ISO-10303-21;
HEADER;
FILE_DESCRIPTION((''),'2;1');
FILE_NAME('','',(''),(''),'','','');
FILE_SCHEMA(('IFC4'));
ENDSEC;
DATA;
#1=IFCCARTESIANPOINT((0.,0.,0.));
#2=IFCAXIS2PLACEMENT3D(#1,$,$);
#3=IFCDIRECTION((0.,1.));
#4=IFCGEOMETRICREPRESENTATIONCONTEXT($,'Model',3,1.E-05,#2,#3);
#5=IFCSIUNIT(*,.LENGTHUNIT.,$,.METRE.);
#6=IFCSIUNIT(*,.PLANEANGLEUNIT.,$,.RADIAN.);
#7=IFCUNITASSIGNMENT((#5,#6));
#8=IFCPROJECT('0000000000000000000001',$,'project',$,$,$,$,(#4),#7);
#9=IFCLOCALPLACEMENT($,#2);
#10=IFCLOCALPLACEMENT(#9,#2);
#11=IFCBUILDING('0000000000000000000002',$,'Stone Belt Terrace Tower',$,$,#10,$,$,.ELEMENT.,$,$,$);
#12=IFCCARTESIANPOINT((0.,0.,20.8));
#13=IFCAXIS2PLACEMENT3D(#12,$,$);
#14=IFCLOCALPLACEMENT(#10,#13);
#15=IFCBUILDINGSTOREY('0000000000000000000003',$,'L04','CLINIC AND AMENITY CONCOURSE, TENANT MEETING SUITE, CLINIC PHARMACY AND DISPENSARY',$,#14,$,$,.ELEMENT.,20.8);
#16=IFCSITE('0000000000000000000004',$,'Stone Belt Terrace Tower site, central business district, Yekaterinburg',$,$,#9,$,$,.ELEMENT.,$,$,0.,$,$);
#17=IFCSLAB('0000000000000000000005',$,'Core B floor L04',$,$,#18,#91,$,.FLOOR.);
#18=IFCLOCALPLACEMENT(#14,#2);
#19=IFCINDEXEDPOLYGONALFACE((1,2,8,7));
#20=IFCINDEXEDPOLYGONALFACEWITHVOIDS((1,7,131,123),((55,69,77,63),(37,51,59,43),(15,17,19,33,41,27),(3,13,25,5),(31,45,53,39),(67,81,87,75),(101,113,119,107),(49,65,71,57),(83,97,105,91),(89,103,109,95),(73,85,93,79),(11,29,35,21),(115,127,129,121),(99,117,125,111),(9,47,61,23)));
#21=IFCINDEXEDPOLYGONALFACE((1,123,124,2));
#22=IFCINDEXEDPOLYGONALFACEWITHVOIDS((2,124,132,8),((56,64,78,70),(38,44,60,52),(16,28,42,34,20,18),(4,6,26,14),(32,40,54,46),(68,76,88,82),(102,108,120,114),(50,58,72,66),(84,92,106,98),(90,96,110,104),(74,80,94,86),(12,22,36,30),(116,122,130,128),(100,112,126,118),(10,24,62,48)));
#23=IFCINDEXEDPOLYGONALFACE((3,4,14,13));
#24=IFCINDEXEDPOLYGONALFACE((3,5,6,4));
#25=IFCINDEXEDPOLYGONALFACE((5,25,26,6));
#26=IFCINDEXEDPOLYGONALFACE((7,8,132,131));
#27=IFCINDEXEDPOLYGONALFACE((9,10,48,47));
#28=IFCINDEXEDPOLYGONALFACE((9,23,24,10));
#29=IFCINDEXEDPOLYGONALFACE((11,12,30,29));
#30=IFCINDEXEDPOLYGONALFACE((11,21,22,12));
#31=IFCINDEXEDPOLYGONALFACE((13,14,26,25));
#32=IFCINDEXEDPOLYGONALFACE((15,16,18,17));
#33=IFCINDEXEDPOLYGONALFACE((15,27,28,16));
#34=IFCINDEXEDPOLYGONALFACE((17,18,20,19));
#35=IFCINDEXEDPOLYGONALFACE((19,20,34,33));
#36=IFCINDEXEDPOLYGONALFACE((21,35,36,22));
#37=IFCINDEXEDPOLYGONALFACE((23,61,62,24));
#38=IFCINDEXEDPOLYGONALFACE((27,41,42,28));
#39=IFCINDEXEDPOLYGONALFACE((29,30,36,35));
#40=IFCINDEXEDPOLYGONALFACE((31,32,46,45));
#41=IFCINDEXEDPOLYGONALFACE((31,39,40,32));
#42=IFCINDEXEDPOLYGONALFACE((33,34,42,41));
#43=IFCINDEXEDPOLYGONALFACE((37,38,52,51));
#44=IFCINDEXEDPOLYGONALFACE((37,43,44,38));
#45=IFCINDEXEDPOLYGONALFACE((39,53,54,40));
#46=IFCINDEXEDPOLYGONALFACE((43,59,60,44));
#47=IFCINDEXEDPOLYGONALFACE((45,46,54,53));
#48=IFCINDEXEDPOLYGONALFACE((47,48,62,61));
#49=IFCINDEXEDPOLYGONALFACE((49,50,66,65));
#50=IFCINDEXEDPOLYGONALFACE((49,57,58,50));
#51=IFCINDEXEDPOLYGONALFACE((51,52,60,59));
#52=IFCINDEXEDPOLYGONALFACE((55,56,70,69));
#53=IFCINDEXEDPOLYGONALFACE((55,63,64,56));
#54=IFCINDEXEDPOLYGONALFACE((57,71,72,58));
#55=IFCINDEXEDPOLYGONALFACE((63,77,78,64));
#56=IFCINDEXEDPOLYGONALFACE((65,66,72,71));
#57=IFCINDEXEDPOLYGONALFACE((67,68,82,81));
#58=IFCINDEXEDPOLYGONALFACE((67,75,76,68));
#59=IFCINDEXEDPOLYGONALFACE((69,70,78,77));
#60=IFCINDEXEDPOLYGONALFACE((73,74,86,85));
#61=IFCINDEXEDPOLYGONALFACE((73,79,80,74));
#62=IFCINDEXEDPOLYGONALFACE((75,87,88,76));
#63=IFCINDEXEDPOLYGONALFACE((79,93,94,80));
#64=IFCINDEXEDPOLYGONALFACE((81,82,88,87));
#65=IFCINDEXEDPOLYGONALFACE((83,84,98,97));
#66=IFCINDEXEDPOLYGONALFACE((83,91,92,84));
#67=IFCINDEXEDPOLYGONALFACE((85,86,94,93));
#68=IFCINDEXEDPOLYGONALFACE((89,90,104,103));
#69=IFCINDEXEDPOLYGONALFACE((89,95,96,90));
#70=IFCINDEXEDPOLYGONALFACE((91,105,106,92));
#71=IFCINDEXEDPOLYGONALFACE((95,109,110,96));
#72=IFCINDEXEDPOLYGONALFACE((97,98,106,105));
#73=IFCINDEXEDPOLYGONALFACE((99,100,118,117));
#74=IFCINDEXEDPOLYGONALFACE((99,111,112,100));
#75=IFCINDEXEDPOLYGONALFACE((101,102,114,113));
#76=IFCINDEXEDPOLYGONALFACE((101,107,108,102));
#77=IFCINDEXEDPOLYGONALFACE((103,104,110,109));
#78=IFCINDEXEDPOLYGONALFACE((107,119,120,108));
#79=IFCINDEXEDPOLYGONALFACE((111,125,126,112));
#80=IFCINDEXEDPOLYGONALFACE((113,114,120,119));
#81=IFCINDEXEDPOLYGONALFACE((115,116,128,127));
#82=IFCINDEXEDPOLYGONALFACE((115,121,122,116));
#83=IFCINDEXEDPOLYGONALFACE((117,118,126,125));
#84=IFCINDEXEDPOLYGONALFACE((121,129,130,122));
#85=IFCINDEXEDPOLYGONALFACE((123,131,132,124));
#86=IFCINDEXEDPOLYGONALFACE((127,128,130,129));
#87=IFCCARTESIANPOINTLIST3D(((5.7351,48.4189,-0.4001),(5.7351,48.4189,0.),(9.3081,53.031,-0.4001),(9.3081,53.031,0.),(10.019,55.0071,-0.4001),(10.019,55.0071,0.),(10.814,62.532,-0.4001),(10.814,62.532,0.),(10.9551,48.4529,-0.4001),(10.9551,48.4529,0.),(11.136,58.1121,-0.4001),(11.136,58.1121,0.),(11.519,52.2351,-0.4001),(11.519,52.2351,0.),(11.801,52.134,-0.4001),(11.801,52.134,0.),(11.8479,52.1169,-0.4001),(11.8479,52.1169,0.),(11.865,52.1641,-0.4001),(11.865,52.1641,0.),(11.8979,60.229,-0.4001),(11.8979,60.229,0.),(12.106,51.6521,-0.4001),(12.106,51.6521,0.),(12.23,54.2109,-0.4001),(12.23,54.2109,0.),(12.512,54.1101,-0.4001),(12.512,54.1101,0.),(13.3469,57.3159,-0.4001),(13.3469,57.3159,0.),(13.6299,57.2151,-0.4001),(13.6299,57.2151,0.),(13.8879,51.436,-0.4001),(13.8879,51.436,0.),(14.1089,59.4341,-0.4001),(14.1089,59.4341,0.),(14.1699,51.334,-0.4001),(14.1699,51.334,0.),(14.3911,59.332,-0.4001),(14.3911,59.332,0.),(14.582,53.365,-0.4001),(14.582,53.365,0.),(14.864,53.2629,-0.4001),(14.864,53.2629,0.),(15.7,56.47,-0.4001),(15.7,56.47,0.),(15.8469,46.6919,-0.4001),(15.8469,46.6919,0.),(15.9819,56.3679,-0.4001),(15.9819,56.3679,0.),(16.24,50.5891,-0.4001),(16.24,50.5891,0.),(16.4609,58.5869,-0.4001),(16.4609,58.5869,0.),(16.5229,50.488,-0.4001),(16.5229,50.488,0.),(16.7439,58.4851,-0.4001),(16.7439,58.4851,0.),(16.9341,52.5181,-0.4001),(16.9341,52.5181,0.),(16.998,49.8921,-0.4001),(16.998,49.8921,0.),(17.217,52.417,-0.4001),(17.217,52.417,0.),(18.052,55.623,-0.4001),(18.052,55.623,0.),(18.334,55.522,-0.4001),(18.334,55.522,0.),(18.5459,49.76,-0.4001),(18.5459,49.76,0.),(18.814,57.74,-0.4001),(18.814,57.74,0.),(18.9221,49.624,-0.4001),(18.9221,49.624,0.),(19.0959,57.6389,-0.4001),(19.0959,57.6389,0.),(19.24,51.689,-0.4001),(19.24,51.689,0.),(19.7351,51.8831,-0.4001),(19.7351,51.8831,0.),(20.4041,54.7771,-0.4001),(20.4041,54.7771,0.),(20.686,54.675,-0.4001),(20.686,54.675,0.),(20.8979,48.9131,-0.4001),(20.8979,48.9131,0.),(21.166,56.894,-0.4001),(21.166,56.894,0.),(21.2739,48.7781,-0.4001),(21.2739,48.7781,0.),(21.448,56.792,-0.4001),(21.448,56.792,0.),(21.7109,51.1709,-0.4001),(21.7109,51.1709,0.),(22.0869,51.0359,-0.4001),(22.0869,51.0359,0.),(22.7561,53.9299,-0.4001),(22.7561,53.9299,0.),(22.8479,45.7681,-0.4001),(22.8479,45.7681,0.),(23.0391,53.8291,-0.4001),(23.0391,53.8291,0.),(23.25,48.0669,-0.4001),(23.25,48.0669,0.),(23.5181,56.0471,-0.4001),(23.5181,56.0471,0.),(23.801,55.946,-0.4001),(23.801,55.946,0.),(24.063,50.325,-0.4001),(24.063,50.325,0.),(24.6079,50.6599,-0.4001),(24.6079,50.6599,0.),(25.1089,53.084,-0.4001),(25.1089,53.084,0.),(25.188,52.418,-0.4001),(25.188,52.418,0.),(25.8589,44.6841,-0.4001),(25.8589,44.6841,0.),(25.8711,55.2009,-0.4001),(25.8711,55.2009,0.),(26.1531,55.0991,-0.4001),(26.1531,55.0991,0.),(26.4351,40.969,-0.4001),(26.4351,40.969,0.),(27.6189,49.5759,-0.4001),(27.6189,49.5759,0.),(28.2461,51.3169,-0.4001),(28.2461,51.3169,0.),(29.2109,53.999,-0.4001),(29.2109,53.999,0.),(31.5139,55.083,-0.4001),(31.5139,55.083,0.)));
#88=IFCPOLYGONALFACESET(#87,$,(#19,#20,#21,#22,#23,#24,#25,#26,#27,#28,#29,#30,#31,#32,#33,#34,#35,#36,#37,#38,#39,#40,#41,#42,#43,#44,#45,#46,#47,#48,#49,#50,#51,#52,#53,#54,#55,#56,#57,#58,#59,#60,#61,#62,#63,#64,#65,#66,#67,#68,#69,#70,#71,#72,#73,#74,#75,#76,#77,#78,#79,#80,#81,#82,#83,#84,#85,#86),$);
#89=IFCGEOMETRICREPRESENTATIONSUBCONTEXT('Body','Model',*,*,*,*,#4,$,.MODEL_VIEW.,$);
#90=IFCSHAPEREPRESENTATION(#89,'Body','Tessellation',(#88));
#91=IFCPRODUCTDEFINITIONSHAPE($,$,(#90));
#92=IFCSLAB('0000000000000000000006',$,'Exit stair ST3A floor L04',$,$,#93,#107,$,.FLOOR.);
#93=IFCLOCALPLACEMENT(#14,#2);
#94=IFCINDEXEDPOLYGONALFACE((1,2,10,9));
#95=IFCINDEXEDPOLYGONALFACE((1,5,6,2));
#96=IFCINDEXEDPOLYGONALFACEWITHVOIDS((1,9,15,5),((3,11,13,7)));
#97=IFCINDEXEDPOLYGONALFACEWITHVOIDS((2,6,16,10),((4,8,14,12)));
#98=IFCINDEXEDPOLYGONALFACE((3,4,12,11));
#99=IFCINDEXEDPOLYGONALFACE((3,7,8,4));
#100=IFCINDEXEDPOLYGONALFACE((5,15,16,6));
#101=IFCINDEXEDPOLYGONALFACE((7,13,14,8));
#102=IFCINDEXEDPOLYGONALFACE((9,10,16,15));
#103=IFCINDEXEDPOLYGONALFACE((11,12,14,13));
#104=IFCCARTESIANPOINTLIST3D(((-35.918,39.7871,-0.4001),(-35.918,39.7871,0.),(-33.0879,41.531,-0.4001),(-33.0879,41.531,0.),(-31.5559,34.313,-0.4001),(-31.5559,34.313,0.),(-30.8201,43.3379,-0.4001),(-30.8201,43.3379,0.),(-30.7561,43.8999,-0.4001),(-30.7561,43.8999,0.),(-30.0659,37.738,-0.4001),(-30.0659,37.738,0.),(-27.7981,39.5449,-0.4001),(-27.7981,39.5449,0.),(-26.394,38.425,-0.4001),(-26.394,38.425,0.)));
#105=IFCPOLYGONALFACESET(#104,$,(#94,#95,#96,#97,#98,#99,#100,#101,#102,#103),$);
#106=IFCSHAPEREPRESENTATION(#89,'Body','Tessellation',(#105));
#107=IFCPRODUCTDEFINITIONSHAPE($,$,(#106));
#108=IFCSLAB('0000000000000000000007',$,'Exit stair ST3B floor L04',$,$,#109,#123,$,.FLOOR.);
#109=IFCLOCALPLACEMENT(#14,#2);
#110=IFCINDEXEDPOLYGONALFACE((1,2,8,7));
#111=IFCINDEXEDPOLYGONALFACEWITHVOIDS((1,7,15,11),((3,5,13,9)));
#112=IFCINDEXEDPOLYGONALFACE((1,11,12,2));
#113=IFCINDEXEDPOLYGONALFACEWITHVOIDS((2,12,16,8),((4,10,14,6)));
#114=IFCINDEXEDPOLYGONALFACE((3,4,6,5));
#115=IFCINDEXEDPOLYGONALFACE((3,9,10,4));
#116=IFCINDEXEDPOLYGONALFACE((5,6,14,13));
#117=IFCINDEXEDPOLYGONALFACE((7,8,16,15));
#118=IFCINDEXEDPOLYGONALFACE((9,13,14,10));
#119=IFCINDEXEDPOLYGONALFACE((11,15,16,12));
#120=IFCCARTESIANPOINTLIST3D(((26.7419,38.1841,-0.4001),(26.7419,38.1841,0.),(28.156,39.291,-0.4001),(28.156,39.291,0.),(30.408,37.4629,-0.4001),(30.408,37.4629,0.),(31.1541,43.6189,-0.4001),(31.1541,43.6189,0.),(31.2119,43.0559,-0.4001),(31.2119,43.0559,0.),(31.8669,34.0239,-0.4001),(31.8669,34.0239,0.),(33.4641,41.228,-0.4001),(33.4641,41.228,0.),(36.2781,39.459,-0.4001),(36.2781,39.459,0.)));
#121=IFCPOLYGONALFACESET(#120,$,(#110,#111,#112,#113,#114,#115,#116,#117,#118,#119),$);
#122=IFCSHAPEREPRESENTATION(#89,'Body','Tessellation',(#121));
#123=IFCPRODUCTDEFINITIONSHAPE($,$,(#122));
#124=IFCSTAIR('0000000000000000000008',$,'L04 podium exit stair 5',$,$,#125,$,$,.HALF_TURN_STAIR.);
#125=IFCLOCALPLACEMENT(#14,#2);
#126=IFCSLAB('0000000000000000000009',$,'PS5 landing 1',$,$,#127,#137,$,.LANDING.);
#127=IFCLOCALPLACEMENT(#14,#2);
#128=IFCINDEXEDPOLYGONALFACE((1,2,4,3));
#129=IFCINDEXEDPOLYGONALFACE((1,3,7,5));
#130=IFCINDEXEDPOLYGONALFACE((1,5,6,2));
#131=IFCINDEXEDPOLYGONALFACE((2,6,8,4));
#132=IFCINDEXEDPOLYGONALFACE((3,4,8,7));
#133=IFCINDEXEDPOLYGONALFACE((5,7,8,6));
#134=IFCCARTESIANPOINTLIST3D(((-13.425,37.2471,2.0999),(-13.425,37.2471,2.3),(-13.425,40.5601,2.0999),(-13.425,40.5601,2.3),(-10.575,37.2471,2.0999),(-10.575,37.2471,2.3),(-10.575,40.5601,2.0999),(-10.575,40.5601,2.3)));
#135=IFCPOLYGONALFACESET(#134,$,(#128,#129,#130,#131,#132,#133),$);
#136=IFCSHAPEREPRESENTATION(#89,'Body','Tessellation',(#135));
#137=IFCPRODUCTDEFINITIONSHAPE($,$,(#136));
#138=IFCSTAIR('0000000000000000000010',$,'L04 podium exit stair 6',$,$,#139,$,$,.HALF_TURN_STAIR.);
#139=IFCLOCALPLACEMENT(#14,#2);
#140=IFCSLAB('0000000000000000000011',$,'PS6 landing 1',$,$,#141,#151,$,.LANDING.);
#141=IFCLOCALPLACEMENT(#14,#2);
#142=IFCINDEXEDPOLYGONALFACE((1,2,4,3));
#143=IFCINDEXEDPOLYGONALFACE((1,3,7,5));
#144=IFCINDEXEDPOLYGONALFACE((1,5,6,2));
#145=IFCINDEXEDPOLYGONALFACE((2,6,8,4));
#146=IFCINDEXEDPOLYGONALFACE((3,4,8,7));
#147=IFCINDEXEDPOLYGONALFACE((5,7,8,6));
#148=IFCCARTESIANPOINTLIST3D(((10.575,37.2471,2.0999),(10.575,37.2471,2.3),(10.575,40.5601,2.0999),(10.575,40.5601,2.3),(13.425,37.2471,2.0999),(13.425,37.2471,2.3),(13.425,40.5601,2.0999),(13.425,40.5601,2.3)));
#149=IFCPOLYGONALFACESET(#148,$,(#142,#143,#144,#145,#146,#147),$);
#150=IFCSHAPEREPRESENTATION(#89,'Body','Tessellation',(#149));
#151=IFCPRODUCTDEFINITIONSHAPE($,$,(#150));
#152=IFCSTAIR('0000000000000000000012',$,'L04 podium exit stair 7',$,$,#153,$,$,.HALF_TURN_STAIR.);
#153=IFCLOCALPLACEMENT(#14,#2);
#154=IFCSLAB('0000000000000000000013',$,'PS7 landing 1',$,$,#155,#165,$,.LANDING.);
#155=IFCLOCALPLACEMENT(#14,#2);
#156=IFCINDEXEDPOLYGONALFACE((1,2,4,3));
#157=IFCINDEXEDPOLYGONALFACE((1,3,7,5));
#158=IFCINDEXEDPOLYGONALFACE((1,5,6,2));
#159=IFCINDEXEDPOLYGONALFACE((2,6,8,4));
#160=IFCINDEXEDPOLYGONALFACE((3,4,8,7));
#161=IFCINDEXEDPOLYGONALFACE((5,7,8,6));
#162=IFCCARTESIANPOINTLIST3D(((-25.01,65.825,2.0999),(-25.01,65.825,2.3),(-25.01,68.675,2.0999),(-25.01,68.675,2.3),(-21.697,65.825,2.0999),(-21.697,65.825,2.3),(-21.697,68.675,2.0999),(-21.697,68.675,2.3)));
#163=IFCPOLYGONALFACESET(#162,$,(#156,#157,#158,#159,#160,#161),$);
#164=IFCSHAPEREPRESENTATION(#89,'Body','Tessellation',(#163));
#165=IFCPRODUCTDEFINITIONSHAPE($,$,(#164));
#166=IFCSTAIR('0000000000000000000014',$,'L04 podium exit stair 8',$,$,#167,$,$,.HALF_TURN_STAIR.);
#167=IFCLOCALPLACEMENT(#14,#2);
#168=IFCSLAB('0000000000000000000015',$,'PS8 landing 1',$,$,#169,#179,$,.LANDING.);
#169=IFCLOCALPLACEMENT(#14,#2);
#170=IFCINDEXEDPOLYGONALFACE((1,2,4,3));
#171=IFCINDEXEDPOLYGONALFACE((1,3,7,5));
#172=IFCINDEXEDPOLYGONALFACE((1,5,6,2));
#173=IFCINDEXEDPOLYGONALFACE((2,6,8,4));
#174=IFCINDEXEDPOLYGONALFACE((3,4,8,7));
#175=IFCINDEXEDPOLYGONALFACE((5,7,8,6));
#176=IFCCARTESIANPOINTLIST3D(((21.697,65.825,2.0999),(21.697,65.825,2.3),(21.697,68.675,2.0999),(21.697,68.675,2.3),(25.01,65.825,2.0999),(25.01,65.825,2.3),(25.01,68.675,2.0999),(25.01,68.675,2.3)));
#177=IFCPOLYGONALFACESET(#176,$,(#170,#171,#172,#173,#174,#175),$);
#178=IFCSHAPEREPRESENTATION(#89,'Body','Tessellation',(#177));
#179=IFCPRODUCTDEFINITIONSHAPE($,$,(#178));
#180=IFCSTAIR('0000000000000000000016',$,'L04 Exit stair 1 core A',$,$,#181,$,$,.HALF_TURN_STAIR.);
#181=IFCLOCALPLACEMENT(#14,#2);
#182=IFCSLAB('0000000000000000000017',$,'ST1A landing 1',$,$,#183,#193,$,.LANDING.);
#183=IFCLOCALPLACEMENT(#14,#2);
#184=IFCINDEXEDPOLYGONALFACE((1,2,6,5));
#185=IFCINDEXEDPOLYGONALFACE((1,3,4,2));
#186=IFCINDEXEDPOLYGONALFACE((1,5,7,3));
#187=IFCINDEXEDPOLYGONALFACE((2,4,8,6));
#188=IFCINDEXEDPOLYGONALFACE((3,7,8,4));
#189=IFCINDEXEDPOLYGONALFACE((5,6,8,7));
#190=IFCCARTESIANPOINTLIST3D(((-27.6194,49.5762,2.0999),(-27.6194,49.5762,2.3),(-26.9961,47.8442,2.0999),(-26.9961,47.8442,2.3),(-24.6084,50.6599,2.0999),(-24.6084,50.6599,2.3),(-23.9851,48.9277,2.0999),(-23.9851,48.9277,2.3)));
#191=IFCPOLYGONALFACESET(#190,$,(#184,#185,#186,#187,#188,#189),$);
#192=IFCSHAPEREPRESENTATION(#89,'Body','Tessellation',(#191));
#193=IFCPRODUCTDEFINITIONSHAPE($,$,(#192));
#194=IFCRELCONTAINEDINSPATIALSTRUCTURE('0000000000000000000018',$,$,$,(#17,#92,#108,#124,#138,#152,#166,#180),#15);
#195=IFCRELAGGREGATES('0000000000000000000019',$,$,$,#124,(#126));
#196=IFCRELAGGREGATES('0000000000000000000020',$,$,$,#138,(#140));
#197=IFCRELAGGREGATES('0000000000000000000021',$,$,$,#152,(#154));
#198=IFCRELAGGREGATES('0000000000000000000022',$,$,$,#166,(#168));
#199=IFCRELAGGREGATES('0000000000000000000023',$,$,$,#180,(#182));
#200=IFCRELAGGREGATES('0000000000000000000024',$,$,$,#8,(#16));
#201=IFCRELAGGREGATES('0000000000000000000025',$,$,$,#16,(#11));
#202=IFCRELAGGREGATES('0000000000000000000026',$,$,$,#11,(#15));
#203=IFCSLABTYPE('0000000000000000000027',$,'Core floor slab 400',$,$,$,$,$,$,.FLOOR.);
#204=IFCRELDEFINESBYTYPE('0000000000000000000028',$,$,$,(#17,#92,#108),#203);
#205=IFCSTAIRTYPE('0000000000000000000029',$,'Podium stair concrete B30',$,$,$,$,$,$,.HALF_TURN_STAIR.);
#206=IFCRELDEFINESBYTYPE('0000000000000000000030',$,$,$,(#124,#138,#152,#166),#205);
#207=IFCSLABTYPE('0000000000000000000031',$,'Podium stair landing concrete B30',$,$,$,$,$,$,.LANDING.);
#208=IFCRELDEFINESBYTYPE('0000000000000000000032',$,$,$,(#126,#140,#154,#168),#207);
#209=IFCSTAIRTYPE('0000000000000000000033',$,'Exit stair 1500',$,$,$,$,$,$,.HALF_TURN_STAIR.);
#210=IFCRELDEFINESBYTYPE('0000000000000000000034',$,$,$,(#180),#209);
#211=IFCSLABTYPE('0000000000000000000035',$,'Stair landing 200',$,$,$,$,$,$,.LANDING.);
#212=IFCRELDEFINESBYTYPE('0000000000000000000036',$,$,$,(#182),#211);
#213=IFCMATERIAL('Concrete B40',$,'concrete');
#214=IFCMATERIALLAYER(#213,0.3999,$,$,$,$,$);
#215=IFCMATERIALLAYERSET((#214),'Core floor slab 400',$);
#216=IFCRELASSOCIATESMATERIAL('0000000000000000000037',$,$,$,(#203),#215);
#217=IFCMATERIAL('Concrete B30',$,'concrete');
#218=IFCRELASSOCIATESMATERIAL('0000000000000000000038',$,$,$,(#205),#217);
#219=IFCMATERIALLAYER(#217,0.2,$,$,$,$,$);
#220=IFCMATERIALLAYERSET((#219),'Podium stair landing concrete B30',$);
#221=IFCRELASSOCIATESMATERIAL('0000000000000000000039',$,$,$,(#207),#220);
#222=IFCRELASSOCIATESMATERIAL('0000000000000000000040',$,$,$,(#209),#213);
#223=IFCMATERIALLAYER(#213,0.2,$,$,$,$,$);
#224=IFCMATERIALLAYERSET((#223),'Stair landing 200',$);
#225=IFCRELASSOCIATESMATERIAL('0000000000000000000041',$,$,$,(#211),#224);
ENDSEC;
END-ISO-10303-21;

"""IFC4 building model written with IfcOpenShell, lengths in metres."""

from ifc_helpers import new_model, si_unit, direction, frame, origin, place, context, subcontext, project, spatial, polyline, outline, extrude, material, layer, layer_set, type_object, element, aggregate, save


model = new_model("IFC4")

# Units and contexts
model_context = context("Model", 3, precision=1e-05, world=origin(), true_north=direction((0.0, 1.0)))
body_context = subcontext(model_context, "Body", "Model", "MODEL_VIEW")
ifc_project = project(units=[si_unit("LENGTHUNIT", "METRE"), si_unit("PLANEANGLEUNIT", "RADIAN")], contexts=[model_context])

# Site, building, storey
site_placement = place(None, origin())
site = spatial("IfcSite", under=ifc_project, at=site_placement, Name="Stone Belt Terrace Tower site, central business district, Yekaterinburg", CompositionType="ELEMENT", RefElevation=0.0)
building_placement = place(site_placement, origin())
building = spatial("IfcBuilding", under=site, at=building_placement, Name="Stone Belt Terrace Tower", CompositionType="ELEMENT")
storey_placement = place(building_placement, frame((0.0, 0.0, 20.8)))
storey = spatial("IfcBuildingStorey", under=building, at=storey_placement, Name="L04", Description="CLINIC AND AMENITY CONCOURSE, TENANT MEETING SUITE, CLINIC PHARMACY AND DISPENSARY", CompositionType="ELEMENT", Elevation=20.8)

# Slabs
ifc_material_1 = material(Name="Concrete B40", Category="concrete")
ifc_layer_1 = layer(ifc_material_1, 0.3999)
ifc_layer_set_1 = layer_set([ifc_layer_1], Name="Core floor slab 400")
slab_type_1 = type_object("IfcSlabType", Name="Core floor slab 400", PredefinedType="FLOOR", material=ifc_layer_set_1)
slab_1_placement = place(storey_placement, frame((0.0, 0.0, -0.4001)))
element("IfcSlab", 1, at=slab_1_placement, inside=storey, type_object=slab_type_1, Name="Core B floor L04", PredefinedType="FLOOR", context=body_context, shape_type="SweptSolid", body=[
    extrude(outline(polyline([(26.4351, 40.969), (31.5139, 55.083), (10.814, 62.532), (5.7351, 48.4189), (26.4351, 40.969)]), holes=[polyline([(12.106, 51.6521), (16.998, 49.8921), (15.8469, 46.6919), (10.9551, 48.4529), (12.106, 51.6521)]), polyline([(19.24, 51.689), (18.5459, 49.76), (16.5229, 50.488), (17.217, 52.417), (19.24, 51.689)]), polyline([(16.24, 50.5891), (14.1699, 51.334), (14.864, 53.2629), (16.9341, 52.5181), (16.24, 50.5891)]), polyline([(14.582, 53.365), (13.8879, 51.436), (11.865, 52.1641), (11.8479, 52.1169), (11.801, 52.134), (12.512, 54.1101), (14.582, 53.365)]), polyline([(9.3081, 53.031), (10.019, 55.0071), (12.23, 54.2109), (11.519, 52.2351), (9.3081, 53.031)]), polyline([(16.7439, 58.4851), (18.814, 57.74), (18.052, 55.623), (15.9819, 56.3679), (16.7439, 58.4851)]), polyline([(14.3911, 59.332), (16.4609, 58.5869), (15.7, 56.47), (13.6299, 57.2151), (14.3911, 59.332)]), polyline([(11.8979, 60.229), (14.1089, 59.4341), (13.3469, 57.3159), (11.136, 58.1121), (11.8979, 60.229)]), polyline([(25.8589, 44.6841), (22.8479, 45.7681), (24.6079, 50.6599), (27.6189, 49.5759), (25.8589, 44.6841)]), polyline([(21.2739, 48.7781), (22.0869, 51.0359), (24.063, 50.325), (23.25, 48.0669), (21.2739, 48.7781)]), polyline([(18.9221, 49.624), (19.7351, 51.8831), (21.7109, 51.1709), (20.8979, 48.9131), (18.9221, 49.624)]), polyline([(29.2109, 53.999), (28.2461, 51.3169), (25.188, 52.418), (26.1531, 55.0991), (29.2109, 53.999)]), polyline([(23.801, 55.946), (25.8711, 55.2009), (25.1089, 53.084), (23.0391, 53.8291), (23.801, 55.946)]), polyline([(21.448, 56.792), (23.5181, 56.0471), (22.7561, 53.9299), (20.686, 54.675), (21.448, 56.792)]), polyline([(19.0959, 57.6389), (21.166, 56.894), (20.4041, 54.7771), (18.334, 55.522), (19.0959, 57.6389)])]), origin(), (0.0, 0.0, 1.0), 0.4001),
])
slab_2_placement = place(storey_placement, frame((0.0, 0.0, -0.4001)))
element("IfcSlab", 2, at=slab_2_placement, inside=storey, type_object=slab_type_1, Name="Exit stair ST3A floor L04", PredefinedType="FLOOR", context=body_context, shape_type="SweptSolid", body=[
    extrude(outline(polyline([(-26.394, 38.425), (-30.7561, 43.8999), (-35.918, 39.7871), (-31.5559, 34.313), (-26.394, 38.425)]), holes=[polyline([(-27.7981, 39.5449), (-30.0659, 37.738), (-33.0879, 41.531), (-30.8201, 43.3379), (-27.7981, 39.5449)])]), origin(), (0.0, 0.0, 1.0), 0.4001),
])
slab_3_placement = place(storey_placement, frame((0.0, 0.0, -0.4001)))
element("IfcSlab", 3, at=slab_3_placement, inside=storey, type_object=slab_type_1, Name="Exit stair ST3B floor L04", PredefinedType="FLOOR", context=body_context, shape_type="SweptSolid", body=[
    extrude(outline(polyline([(26.7419, 38.1841), (31.8669, 34.0239), (36.2781, 39.459), (31.1541, 43.6189), (26.7419, 38.1841)]), holes=[polyline([(30.408, 37.4629), (28.156, 39.291), (31.2119, 43.0559), (33.4641, 41.228), (30.408, 37.4629)])]), origin(), (0.0, 0.0, 1.0), 0.4001),
])

# Stairs, slabs
ifc_material_2 = material(Name="Concrete B30", Category="concrete")
stair_type_1 = type_object("IfcStairType", Name="Podium stair concrete B30", PredefinedType="HALF_TURN_STAIR", material=ifc_material_2)
stair_1_placement = place(storey_placement, origin())
stair_1 = element("IfcStair", 4, at=stair_1_placement, inside=storey, type_object=stair_type_1, Name="L04 podium exit stair 5", PredefinedType="HALF_TURN_STAIR")
ifc_layer_2 = layer(ifc_material_2, 0.2)
ifc_layer_set_2 = layer_set([ifc_layer_2], Name="Podium stair landing concrete B30")
slab_type_2 = type_object("IfcSlabType", Name="Podium stair landing concrete B30", PredefinedType="LANDING", material=ifc_layer_set_2)
slab_4_placement = place(storey_placement, frame((0.0, 0.0, 2.0999)))
slab_4 = element("IfcSlab", 5, at=slab_4_placement, type_object=slab_type_2, Name="PS5 landing 1", PredefinedType="LANDING", context=body_context, shape_type="SweptSolid", body=[
    extrude(outline(polyline([(-10.575, 37.2471), (-10.575, 40.5601), (-13.425, 40.5601), (-13.425, 37.2471), (-10.575, 37.2471)])), origin(), (0.0, 0.0, 1.0), 0.2002),
])
aggregate(stair_1, [slab_4])
stair_2_placement = place(storey_placement, origin())
stair_2 = element("IfcStair", 6, at=stair_2_placement, inside=storey, type_object=stair_type_1, Name="L04 podium exit stair 6", PredefinedType="HALF_TURN_STAIR")
slab_5_placement = place(storey_placement, frame((0.0, 0.0, 2.0999)))
slab_5 = element("IfcSlab", 7, at=slab_5_placement, type_object=slab_type_2, Name="PS6 landing 1", PredefinedType="LANDING", context=body_context, shape_type="SweptSolid", body=[
    extrude(outline(polyline([(13.425, 37.2471), (13.425, 40.5601), (10.575, 40.5601), (10.575, 37.2471), (13.425, 37.2471)])), origin(), (0.0, 0.0, 1.0), 0.2002),
])
aggregate(stair_2, [slab_5])
stair_3_placement = place(storey_placement, origin())
stair_3 = element("IfcStair", 8, at=stair_3_placement, inside=storey, type_object=stair_type_1, Name="L04 podium exit stair 7", PredefinedType="HALF_TURN_STAIR")
slab_6_placement = place(storey_placement, frame((0.0, 0.0, 2.0999)))
slab_6 = element("IfcSlab", 9, at=slab_6_placement, type_object=slab_type_2, Name="PS7 landing 1", PredefinedType="LANDING", context=body_context, shape_type="SweptSolid", body=[
    extrude(outline(polyline([(-21.697, 68.675), (-25.01, 68.675), (-25.01, 65.825), (-21.697, 65.825), (-21.697, 68.675)])), origin(), (0.0, 0.0, 1.0), 0.2002),
])
aggregate(stair_3, [slab_6])
stair_4_placement = place(storey_placement, origin())
stair_4 = element("IfcStair", 10, at=stair_4_placement, inside=storey, type_object=stair_type_1, Name="L04 podium exit stair 8", PredefinedType="HALF_TURN_STAIR")
slab_7_placement = place(storey_placement, frame((0.0, 0.0, 2.0999)))
slab_7 = element("IfcSlab", 11, at=slab_7_placement, type_object=slab_type_2, Name="PS8 landing 1", PredefinedType="LANDING", context=body_context, shape_type="SweptSolid", body=[
    extrude(outline(polyline([(21.697, 65.825), (25.01, 65.825), (25.01, 68.675), (21.697, 68.675), (21.697, 65.825)])), origin(), (0.0, 0.0, 1.0), 0.2002),
])
aggregate(stair_4, [slab_7])
stair_type_2 = type_object("IfcStairType", Name="Exit stair 1500", PredefinedType="HALF_TURN_STAIR", material=ifc_material_1)
stair_5_placement = place(storey_placement, origin())
stair_5 = element("IfcStair", 12, at=stair_5_placement, inside=storey, type_object=stair_type_2, Name="L04 Exit stair 1 core A", PredefinedType="HALF_TURN_STAIR")
ifc_layer_3 = layer(ifc_material_1, 0.2)
ifc_layer_set_3 = layer_set([ifc_layer_3], Name="Stair landing 200")
slab_type_3 = type_object("IfcSlabType", Name="Stair landing 200", PredefinedType="LANDING", material=ifc_layer_set_3)
slab_8_placement = place(storey_placement, frame((0.0, 0.0, 2.0999)))
slab_8 = element("IfcSlab", 13, at=slab_8_placement, type_object=slab_type_3, Name="ST1A landing 1", PredefinedType="LANDING", context=body_context, shape_type="SweptSolid", body=[
    extrude(outline(polyline([(-23.9851, 48.9277), (-24.6084, 50.6599), (-27.6194, 49.5762), (-26.9961, 47.8442), (-23.9851, 48.9277)])), origin(), (0.0, 0.0, 1.0), 0.2002),
])
aggregate(stair_5, [slab_8])

save(model, "model.ifc")
